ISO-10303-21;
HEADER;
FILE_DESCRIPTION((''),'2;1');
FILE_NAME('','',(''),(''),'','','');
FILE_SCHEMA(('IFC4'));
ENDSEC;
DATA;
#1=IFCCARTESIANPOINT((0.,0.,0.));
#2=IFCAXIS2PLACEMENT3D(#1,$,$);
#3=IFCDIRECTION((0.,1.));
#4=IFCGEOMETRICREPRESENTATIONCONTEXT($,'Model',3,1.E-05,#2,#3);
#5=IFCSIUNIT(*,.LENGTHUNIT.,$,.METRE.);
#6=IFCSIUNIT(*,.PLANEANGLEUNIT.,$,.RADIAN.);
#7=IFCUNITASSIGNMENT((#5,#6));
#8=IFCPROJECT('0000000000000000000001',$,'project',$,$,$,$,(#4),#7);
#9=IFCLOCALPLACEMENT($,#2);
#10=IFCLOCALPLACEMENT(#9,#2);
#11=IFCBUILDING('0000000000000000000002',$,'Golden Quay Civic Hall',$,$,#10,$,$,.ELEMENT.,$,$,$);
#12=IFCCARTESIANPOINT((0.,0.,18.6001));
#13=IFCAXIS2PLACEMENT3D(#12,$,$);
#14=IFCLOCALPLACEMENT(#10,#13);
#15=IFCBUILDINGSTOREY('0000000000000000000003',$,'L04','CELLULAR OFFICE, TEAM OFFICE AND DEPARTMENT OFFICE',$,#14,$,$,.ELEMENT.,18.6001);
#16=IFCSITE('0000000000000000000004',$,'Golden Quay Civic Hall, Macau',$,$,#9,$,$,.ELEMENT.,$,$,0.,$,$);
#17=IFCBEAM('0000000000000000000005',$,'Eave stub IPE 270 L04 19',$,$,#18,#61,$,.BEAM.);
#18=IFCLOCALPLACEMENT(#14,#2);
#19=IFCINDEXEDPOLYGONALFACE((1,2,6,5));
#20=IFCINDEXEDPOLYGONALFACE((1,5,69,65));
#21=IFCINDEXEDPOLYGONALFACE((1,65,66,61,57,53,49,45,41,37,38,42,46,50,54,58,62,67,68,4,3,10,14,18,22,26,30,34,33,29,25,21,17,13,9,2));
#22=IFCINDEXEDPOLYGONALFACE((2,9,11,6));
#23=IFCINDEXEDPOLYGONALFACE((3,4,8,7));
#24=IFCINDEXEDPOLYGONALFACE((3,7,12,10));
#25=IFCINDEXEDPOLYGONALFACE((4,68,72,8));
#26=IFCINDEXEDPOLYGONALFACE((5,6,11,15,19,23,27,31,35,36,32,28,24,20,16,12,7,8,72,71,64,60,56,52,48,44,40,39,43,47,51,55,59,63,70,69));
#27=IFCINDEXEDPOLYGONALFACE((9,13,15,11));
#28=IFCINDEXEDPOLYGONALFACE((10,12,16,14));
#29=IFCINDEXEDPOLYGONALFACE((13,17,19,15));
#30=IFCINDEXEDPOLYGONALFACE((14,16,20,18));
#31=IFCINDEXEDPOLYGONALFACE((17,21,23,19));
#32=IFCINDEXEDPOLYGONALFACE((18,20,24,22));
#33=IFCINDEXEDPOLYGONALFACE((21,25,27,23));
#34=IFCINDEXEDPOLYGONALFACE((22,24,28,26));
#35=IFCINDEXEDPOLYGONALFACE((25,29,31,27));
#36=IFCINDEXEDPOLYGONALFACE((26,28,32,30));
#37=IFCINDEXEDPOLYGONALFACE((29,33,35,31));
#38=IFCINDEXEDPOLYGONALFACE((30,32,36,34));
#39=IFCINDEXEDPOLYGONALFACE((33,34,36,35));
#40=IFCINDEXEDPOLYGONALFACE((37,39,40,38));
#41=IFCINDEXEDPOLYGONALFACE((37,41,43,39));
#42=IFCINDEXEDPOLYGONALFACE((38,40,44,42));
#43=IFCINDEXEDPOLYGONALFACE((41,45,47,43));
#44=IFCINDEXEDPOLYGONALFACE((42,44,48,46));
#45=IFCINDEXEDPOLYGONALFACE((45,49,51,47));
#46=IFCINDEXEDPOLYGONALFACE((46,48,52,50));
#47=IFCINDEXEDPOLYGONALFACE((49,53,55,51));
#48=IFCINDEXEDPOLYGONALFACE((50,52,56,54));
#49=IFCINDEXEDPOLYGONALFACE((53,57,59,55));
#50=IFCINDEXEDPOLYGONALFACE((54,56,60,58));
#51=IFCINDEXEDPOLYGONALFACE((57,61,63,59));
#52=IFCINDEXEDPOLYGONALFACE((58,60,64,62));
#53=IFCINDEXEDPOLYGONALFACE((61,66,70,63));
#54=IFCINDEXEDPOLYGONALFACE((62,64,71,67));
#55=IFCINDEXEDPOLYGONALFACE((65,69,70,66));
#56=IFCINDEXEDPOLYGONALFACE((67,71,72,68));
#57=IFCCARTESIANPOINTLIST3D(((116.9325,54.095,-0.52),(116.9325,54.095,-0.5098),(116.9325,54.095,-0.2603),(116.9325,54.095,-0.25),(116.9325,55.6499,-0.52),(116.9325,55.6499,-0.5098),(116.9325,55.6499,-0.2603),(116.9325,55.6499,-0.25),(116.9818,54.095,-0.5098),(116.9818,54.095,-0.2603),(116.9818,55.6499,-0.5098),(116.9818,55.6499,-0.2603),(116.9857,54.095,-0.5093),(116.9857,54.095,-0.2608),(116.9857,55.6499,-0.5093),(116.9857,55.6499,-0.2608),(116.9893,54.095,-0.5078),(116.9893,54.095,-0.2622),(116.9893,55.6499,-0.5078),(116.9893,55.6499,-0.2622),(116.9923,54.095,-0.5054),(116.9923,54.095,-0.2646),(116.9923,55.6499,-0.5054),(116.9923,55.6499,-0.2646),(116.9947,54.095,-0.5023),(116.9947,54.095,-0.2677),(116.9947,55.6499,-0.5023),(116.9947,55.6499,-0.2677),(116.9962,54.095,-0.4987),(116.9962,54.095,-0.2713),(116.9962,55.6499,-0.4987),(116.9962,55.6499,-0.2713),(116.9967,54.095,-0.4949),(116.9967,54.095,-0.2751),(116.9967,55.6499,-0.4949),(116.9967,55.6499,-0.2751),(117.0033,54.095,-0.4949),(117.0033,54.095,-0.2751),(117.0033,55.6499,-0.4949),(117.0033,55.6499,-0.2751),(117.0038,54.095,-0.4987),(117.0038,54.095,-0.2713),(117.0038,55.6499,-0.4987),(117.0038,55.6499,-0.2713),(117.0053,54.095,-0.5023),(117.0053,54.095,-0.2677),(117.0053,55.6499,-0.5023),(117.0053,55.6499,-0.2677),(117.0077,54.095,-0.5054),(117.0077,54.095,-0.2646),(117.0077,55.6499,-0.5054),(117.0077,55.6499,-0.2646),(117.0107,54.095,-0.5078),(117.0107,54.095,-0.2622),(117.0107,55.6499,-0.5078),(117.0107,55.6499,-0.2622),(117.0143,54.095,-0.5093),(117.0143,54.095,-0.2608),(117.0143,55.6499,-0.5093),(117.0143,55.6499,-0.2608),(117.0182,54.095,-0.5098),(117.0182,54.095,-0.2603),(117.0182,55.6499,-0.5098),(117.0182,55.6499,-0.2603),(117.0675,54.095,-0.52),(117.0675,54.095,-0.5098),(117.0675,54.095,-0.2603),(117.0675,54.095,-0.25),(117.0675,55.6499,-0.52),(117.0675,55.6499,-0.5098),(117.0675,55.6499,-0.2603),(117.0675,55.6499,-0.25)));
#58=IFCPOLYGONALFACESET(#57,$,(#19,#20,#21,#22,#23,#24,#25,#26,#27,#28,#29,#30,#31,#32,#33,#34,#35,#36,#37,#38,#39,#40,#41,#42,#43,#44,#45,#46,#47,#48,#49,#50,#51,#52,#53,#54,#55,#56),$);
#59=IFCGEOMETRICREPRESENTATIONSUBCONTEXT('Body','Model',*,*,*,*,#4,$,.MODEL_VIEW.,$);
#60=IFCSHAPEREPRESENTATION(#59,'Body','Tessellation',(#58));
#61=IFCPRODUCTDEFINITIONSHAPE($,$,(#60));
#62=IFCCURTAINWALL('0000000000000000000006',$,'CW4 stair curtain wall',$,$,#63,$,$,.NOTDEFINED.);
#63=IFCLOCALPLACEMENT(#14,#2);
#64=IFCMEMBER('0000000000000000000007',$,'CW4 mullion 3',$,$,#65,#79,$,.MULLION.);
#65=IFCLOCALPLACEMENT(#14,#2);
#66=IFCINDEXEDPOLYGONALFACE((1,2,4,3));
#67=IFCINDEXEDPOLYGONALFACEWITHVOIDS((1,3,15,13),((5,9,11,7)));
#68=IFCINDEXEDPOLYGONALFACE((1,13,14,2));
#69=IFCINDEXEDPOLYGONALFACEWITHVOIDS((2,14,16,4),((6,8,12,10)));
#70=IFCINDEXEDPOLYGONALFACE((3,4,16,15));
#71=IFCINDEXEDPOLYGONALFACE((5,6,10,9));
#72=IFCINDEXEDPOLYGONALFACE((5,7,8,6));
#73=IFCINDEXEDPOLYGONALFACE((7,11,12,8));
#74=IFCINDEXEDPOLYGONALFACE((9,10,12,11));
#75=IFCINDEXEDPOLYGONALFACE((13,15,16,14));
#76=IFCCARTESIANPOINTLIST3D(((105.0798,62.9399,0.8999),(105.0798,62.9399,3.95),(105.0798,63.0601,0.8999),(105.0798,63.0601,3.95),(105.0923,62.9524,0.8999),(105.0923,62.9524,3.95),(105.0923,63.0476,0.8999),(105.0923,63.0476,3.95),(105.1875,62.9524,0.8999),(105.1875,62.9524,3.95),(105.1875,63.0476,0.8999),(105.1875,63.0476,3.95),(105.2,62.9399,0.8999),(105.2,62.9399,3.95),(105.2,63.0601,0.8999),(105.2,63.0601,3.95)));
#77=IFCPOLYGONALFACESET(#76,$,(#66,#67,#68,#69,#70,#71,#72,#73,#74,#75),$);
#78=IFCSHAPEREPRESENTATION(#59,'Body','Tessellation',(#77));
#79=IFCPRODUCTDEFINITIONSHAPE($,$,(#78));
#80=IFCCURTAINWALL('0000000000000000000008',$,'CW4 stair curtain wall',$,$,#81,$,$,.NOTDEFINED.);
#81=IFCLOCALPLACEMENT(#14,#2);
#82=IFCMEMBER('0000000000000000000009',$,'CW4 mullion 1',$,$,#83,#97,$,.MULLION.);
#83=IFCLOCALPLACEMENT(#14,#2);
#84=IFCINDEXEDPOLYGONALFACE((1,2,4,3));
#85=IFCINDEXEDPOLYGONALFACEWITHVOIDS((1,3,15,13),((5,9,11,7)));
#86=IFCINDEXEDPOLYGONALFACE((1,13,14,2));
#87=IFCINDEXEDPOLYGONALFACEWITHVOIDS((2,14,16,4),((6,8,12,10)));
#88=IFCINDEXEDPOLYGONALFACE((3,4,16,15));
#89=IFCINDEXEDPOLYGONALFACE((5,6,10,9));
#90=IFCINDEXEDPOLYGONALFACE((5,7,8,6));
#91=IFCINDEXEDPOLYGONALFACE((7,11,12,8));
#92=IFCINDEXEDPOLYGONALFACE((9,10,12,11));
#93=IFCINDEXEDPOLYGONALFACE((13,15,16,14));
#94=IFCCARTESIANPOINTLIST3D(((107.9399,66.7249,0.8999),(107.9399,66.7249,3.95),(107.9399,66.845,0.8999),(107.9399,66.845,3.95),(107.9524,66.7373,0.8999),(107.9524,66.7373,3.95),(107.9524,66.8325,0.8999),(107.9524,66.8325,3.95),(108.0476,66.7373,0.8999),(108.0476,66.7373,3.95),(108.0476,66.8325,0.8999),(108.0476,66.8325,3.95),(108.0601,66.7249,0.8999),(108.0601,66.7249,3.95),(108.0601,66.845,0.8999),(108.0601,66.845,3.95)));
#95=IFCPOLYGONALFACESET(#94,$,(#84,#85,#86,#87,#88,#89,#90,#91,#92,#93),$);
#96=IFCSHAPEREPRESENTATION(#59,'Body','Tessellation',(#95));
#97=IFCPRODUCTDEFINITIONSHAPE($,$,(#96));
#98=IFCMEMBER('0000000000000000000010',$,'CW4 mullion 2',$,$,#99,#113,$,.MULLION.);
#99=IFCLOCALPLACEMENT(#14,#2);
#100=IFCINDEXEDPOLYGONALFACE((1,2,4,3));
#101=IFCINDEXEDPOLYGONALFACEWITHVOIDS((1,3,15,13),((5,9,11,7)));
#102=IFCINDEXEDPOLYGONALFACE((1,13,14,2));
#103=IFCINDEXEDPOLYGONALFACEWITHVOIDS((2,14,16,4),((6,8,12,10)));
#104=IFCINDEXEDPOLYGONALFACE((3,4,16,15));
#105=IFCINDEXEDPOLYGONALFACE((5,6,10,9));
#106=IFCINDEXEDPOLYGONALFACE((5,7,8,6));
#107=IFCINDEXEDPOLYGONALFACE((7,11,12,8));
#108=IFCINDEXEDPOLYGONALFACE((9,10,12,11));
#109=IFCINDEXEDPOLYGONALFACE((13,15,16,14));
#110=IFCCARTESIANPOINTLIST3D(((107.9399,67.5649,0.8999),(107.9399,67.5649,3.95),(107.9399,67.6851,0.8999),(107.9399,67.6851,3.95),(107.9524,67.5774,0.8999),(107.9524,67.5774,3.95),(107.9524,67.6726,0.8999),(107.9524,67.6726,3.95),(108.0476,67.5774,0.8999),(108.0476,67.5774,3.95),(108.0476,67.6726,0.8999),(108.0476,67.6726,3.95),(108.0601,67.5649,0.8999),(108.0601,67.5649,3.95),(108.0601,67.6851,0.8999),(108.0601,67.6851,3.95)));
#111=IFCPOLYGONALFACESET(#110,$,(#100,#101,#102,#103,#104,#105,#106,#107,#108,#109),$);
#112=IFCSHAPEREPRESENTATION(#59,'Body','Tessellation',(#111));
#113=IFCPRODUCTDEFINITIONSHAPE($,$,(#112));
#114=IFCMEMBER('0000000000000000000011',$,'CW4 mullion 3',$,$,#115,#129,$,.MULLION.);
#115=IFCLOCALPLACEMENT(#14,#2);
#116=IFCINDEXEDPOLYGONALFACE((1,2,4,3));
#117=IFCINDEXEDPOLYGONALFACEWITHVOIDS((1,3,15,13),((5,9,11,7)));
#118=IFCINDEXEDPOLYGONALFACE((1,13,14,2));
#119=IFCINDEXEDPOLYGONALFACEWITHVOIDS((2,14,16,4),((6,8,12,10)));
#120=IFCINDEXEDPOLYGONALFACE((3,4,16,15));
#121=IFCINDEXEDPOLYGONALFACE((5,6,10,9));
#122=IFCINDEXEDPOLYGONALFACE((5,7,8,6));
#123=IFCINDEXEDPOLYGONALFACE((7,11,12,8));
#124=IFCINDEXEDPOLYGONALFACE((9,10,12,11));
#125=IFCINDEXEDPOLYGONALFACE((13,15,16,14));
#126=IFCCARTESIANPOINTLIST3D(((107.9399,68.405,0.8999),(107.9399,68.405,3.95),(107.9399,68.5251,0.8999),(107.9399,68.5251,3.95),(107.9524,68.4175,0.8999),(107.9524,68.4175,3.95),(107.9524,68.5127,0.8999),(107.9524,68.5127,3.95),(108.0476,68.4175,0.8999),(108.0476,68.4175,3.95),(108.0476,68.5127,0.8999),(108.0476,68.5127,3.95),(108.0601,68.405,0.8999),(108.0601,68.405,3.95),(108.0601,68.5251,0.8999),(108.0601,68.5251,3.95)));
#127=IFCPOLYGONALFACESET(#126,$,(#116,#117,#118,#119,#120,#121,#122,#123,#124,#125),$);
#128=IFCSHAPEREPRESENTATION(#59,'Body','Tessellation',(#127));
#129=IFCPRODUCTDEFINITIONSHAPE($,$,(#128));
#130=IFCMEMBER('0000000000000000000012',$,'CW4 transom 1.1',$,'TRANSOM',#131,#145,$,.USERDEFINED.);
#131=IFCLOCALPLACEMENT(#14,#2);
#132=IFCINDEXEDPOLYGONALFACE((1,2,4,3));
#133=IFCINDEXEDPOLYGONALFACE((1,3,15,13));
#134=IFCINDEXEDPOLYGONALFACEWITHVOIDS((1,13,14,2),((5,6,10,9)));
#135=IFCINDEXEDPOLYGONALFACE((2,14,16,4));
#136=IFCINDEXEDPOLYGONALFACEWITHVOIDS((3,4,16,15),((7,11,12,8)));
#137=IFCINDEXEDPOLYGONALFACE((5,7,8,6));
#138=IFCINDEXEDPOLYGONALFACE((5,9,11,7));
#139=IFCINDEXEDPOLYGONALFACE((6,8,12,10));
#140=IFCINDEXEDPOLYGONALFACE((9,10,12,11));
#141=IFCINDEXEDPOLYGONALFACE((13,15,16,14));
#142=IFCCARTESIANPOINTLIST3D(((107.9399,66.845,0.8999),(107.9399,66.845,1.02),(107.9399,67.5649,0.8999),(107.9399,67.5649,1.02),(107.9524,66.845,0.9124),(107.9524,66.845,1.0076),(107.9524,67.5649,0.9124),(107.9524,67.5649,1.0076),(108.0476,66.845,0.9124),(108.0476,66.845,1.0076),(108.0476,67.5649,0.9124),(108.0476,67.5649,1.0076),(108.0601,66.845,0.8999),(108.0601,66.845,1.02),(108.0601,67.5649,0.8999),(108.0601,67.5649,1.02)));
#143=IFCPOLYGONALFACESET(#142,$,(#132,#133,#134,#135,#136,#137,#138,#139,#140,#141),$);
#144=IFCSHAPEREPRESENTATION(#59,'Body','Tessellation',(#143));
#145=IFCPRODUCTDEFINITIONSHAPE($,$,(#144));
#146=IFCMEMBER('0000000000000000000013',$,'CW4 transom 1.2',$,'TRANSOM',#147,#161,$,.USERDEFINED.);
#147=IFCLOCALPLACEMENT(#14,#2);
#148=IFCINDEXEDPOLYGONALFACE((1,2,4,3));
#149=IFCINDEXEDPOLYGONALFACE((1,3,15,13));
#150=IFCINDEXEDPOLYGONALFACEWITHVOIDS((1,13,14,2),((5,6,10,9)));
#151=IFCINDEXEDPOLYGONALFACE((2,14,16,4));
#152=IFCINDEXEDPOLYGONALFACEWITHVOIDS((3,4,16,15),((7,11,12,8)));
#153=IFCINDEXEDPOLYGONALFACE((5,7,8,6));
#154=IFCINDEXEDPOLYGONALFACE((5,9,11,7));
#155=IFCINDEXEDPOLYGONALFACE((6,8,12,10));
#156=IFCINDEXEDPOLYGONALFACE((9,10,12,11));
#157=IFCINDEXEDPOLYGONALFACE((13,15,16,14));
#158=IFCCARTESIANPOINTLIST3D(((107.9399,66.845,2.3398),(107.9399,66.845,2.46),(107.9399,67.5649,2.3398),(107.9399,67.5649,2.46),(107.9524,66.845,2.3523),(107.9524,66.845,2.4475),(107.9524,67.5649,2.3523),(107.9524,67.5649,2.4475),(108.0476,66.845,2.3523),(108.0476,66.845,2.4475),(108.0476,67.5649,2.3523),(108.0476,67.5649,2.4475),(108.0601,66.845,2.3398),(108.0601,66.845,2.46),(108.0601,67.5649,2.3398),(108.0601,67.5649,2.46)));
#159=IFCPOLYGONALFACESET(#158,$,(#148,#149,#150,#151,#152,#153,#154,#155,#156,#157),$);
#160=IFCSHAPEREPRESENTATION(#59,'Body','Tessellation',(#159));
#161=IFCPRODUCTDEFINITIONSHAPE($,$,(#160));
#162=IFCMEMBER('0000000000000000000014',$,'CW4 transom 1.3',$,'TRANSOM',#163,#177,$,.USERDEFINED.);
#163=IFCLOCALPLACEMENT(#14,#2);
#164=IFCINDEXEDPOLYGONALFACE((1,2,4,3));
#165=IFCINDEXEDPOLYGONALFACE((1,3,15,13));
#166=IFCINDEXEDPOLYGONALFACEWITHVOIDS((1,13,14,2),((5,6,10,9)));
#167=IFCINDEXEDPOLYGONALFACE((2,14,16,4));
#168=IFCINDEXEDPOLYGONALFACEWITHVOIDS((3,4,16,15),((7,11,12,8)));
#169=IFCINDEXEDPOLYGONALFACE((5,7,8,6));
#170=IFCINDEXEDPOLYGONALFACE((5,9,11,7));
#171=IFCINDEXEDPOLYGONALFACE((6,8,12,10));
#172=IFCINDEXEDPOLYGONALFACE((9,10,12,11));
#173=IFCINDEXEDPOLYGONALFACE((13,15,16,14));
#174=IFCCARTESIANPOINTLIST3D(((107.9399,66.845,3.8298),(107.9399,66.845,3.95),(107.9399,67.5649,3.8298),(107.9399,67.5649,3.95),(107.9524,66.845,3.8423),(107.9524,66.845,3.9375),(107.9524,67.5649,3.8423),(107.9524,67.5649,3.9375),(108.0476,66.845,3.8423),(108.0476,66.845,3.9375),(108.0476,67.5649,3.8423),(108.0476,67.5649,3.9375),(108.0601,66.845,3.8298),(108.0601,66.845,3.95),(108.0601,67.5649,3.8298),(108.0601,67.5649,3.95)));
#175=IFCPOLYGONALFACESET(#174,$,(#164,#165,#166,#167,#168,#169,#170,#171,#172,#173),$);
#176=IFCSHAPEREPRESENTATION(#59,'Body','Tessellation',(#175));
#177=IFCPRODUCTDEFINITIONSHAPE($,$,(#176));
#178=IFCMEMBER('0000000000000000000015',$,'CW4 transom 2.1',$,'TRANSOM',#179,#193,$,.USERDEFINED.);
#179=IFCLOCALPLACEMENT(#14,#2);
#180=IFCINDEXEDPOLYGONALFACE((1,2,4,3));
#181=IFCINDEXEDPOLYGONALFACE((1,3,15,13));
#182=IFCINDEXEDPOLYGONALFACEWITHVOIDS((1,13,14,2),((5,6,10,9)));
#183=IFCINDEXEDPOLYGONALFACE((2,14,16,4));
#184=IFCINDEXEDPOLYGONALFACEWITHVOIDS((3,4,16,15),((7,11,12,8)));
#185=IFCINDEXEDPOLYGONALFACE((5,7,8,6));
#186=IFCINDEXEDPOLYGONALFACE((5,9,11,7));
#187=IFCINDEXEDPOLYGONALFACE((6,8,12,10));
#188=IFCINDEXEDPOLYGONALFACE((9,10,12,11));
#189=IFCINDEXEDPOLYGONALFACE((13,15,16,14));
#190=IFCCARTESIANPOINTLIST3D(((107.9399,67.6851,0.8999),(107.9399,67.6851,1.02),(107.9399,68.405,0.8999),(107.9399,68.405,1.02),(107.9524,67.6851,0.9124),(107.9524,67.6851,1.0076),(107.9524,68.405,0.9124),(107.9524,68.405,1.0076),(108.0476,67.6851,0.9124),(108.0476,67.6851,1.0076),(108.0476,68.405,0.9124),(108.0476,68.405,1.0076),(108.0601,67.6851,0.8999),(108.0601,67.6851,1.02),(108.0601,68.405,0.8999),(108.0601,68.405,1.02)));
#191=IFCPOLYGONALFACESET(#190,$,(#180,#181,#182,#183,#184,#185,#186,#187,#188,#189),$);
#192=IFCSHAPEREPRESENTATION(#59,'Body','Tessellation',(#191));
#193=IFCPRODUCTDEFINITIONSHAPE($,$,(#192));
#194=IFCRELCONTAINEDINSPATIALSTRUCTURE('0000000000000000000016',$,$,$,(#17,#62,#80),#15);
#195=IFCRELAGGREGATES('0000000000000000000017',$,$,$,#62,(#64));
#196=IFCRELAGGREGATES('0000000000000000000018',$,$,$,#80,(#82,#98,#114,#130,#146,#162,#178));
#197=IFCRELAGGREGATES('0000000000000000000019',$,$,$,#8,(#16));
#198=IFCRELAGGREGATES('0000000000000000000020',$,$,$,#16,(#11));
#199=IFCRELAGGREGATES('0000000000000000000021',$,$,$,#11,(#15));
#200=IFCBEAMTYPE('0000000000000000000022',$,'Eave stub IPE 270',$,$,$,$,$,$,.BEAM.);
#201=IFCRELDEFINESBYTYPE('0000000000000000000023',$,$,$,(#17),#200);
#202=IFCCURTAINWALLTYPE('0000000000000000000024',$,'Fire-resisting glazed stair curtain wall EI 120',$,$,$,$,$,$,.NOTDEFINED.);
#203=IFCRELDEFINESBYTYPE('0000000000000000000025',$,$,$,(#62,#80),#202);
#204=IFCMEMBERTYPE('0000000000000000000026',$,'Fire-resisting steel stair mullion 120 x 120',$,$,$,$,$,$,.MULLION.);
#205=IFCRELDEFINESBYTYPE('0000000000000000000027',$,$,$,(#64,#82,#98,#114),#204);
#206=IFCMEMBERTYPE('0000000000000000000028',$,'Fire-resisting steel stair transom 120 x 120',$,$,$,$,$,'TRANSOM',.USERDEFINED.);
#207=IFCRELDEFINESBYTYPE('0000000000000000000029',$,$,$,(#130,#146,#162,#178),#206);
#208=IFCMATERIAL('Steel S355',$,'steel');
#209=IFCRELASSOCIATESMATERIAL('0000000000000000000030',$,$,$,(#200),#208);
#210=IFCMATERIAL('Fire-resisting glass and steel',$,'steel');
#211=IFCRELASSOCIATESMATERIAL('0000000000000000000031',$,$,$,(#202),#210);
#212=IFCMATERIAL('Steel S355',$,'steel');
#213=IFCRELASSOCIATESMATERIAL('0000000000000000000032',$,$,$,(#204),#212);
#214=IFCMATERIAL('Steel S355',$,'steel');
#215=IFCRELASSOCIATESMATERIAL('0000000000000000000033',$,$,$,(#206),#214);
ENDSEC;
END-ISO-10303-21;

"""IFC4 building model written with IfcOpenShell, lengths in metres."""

from ifc_helpers import new_model, si_unit, direction, frame, origin, origin_2d, place, context, subcontext, project, spatial, hollow_rectangle, i_section, extrude, material, material_profile, profile_set, type_object, element, aggregate, save


model = new_model("IFC4")

# Units and contexts
model_context = context("Model", 3, precision=1e-05, world=origin(), true_north=direction((0.0, 1.0)))
body_context = subcontext(model_context, "Body", "Model", "MODEL_VIEW")
ifc_project = project(units=[si_unit("LENGTHUNIT", "METRE"), si_unit("PLANEANGLEUNIT", "RADIAN")], contexts=[model_context])

# Site, building, storey
site_placement = place(None, origin())
site = spatial("IfcSite", under=ifc_project, at=site_placement, Name="Golden Quay Civic Hall, Macau", CompositionType="ELEMENT", RefElevation=0.0)
building_placement = place(site_placement, origin())
building = spatial("IfcBuilding", under=site, at=building_placement, Name="Golden Quay Civic Hall", CompositionType="ELEMENT")
storey_placement = place(building_placement, frame((0.0, 0.0, 18.6001)))
storey = spatial("IfcBuildingStorey", under=building, at=storey_placement, Name="L04", Description="CELLULAR OFFICE, TEAM OFFICE AND DEPARTMENT OFFICE", CompositionType="ELEMENT", Elevation=18.6001)

# Beam
ifc_material_1 = material(Name="Steel S355", Category="steel")
ifc_material_profile_1 = material_profile(ifc_material_1, i_section(OverallWidth=0.135, OverallDepth=0.27, WebThickness=0.0066, FlangeThickness=0.0103, FilletRadius=0.0149, at=origin_2d()), Name="IPE 270")
ifc_profile_set_1 = profile_set([ifc_material_profile_1], Name="Steel S355")
beam_type_1 = type_object("IfcBeamType", Name="Eave stub IPE 270", PredefinedType="BEAM", material=ifc_profile_set_1)
for number, where, z_axis, x_axis, name in (
    (1, (117.0, 54.095, -0.385), (0.0, 1.0, 0.0), (-1.0, 0.0, 0.0), "Eave stub IPE 270 L04 19"),
):
    element("IfcBeam", number, at=place(storey_placement, frame(where, z_axis=z_axis, x_axis=x_axis)), inside=storey, type_object=beam_type_1, Name=name, PredefinedType="BEAM", context=body_context, shape_type="SweptSolid", body=[
        extrude(i_section(OverallWidth=0.135, OverallDepth=0.27, WebThickness=0.0066, FlangeThickness=0.0103, FilletRadius=0.0149, at=origin_2d()), origin(), (0.0, 0.0, 1.0), 1.5549),
    ])

# Curtain wall, member
ifc_material_2 = material(Name="Fire-resisting glass and steel", Category="steel")
curtain_wall_type = type_object("IfcCurtainWallType", Name="Fire-resisting glazed stair curtain wall EI 120", PredefinedType="NOTDEFINED", material=ifc_material_2)
curtain_wall_1_placement = place(storey_placement, origin())
curtain_wall_1 = element("IfcCurtainWall", 2, at=curtain_wall_1_placement, inside=storey, type_object=curtain_wall_type, Name="CW4 stair curtain wall", PredefinedType="NOTDEFINED")
ifc_material_3 = material(Name="Steel S355", Category="steel")
ifc_material_profile_2 = material_profile(ifc_material_3, hollow_rectangle(XDim=0.1201, YDim=0.1201, WallThickness=0.0125, at=origin_2d()), Name="SHS 120x120x12.5")
ifc_profile_set_2 = profile_set([ifc_material_profile_2], Name="Steel S355")
member_type_1 = type_object("IfcMemberType", Name="Fire-resisting steel stair mullion 120 x 120", PredefinedType="MULLION", material=ifc_profile_set_2)
member_1_placement = place(storey_placement, frame((105.1399, 63.0, 0.8999), z_axis=(0.0, 0.0, 1.0), x_axis=(0.0, 1.0, 0.0)))
member_1 = element("IfcMember", 3, at=member_1_placement, type_object=member_type_1, Name="CW4 mullion 3", PredefinedType="MULLION", context=body_context, shape_type="SweptSolid", body=[
    extrude(hollow_rectangle(XDim=0.1201, YDim=0.1201, WallThickness=0.0125, at=origin_2d()), origin(), (0.0, 0.0, 1.0), 3.05),
])
aggregate(curtain_wall_1, [member_1])

# Curtain wall, members
curtain_wall_2_placement = place(storey_placement, origin())
curtain_wall_2 = element("IfcCurtainWall", 4, at=curtain_wall_2_placement, inside=storey, type_object=curtain_wall_type, Name="CW4 stair curtain wall", PredefinedType="NOTDEFINED")
member_2_placement = place(storey_placement, frame((108.0, 66.7849, 0.8999), z_axis=(0.0, 0.0, 1.0), x_axis=(-1.0, 0.0, 0.0)))
member_2 = element("IfcMember", 5, at=member_2_placement, type_object=member_type_1, Name="CW4 mullion 1", PredefinedType="MULLION", context=body_context, shape_type="SweptSolid", body=[
    extrude(hollow_rectangle(XDim=0.1201, YDim=0.1201, WallThickness=0.0125, at=origin_2d()), origin(), (0.0, 0.0, 1.0), 3.05),
])
member_3_placement = place(storey_placement, frame((108.0, 67.625, 0.8999), z_axis=(0.0, 0.0, 1.0), x_axis=(-1.0, 0.0, 0.0)))
member_3 = element("IfcMember", 6, at=member_3_placement, type_object=member_type_1, Name="CW4 mullion 2", PredefinedType="MULLION", context=body_context, shape_type="SweptSolid", body=[
    extrude(hollow_rectangle(XDim=0.1201, YDim=0.1201, WallThickness=0.0125, at=origin_2d()), origin(), (0.0, 0.0, 1.0), 3.05),
])
member_4_placement = place(storey_placement, frame((108.0, 68.4651, 0.8999), z_axis=(0.0, 0.0, 1.0), x_axis=(-1.0, 0.0, 0.0)))
member_4 = element("IfcMember", 7, at=member_4_placement, type_object=member_type_1, Name="CW4 mullion 3", PredefinedType="MULLION", context=body_context, shape_type="SweptSolid", body=[
    extrude(hollow_rectangle(XDim=0.1201, YDim=0.1201, WallThickness=0.0125, at=origin_2d()), origin(), (0.0, 0.0, 1.0), 3.05),
])
ifc_material_4 = material(Name="Steel S355", Category="steel")
ifc_material_profile_3 = material_profile(ifc_material_4, hollow_rectangle(XDim=0.1201, YDim=0.1201, WallThickness=0.0125, at=origin_2d()), Name="SHS 120x120x12.5")
ifc_profile_set_3 = profile_set([ifc_material_profile_3], Name="Steel S355")
member_type_2 = type_object("IfcMemberType", Name="Fire-resisting steel stair transom 120 x 120", ElementType="TRANSOM", PredefinedType="USERDEFINED", material=ifc_profile_set_3)
member_5_placement = place(storey_placement, frame((108.0, 66.845, 0.96), z_axis=(0.0, 1.0, 0.0), x_axis=(-1.0, 0.0, 0.0)))
member_5 = element("IfcMember", 8, at=member_5_placement, type_object=member_type_2, Name="CW4 transom 1.1", ObjectType="TRANSOM", PredefinedType="USERDEFINED", context=body_context, shape_type="SweptSolid", body=[
    extrude(hollow_rectangle(XDim=0.1201, YDim=0.1201, WallThickness=0.0125, at=origin_2d()), origin(), (0.0, 0.0, 1.0), 0.72),
])
member_6_placement = place(storey_placement, frame((108.0, 66.845, 2.3999), z_axis=(0.0, 1.0, 0.0), x_axis=(-1.0, 0.0, 0.0)))
member_6 = element("IfcMember", 9, at=member_6_placement, type_object=member_type_2, Name="CW4 transom 1.2", ObjectType="TRANSOM", PredefinedType="USERDEFINED", context=body_context, shape_type="SweptSolid", body=[
    extrude(hollow_rectangle(XDim=0.1201, YDim=0.1201, WallThickness=0.0125, at=origin_2d()), origin(), (0.0, 0.0, 1.0), 0.72),
])
member_7_placement = place(storey_placement, frame((108.0, 66.845, 3.8899), z_axis=(0.0, 1.0, 0.0), x_axis=(-1.0, 0.0, 0.0)))
member_7 = element("IfcMember", 10, at=member_7_placement, type_object=member_type_2, Name="CW4 transom 1.3", ObjectType="TRANSOM", PredefinedType="USERDEFINED", context=body_context, shape_type="SweptSolid", body=[
    extrude(hollow_rectangle(XDim=0.1201, YDim=0.1201, WallThickness=0.0125, at=origin_2d()), origin(), (0.0, 0.0, 1.0), 0.72),
])
member_8_placement = place(storey_placement, frame((108.0, 67.6851, 0.96), z_axis=(0.0, 1.0, 0.0), x_axis=(-1.0, 0.0, 0.0)))
member_8 = element("IfcMember", 11, at=member_8_placement, type_object=member_type_2, Name="CW4 transom 2.1", ObjectType="TRANSOM", PredefinedType="USERDEFINED", context=body_context, shape_type="SweptSolid", body=[
    extrude(hollow_rectangle(XDim=0.1201, YDim=0.1201, WallThickness=0.0125, at=origin_2d()), origin(), (0.0, 0.0, 1.0), 0.72),
])
aggregate(curtain_wall_2, [member_2, member_3, member_4, member_5, member_6, member_7, member_8])

save(model, "model.ifc")
